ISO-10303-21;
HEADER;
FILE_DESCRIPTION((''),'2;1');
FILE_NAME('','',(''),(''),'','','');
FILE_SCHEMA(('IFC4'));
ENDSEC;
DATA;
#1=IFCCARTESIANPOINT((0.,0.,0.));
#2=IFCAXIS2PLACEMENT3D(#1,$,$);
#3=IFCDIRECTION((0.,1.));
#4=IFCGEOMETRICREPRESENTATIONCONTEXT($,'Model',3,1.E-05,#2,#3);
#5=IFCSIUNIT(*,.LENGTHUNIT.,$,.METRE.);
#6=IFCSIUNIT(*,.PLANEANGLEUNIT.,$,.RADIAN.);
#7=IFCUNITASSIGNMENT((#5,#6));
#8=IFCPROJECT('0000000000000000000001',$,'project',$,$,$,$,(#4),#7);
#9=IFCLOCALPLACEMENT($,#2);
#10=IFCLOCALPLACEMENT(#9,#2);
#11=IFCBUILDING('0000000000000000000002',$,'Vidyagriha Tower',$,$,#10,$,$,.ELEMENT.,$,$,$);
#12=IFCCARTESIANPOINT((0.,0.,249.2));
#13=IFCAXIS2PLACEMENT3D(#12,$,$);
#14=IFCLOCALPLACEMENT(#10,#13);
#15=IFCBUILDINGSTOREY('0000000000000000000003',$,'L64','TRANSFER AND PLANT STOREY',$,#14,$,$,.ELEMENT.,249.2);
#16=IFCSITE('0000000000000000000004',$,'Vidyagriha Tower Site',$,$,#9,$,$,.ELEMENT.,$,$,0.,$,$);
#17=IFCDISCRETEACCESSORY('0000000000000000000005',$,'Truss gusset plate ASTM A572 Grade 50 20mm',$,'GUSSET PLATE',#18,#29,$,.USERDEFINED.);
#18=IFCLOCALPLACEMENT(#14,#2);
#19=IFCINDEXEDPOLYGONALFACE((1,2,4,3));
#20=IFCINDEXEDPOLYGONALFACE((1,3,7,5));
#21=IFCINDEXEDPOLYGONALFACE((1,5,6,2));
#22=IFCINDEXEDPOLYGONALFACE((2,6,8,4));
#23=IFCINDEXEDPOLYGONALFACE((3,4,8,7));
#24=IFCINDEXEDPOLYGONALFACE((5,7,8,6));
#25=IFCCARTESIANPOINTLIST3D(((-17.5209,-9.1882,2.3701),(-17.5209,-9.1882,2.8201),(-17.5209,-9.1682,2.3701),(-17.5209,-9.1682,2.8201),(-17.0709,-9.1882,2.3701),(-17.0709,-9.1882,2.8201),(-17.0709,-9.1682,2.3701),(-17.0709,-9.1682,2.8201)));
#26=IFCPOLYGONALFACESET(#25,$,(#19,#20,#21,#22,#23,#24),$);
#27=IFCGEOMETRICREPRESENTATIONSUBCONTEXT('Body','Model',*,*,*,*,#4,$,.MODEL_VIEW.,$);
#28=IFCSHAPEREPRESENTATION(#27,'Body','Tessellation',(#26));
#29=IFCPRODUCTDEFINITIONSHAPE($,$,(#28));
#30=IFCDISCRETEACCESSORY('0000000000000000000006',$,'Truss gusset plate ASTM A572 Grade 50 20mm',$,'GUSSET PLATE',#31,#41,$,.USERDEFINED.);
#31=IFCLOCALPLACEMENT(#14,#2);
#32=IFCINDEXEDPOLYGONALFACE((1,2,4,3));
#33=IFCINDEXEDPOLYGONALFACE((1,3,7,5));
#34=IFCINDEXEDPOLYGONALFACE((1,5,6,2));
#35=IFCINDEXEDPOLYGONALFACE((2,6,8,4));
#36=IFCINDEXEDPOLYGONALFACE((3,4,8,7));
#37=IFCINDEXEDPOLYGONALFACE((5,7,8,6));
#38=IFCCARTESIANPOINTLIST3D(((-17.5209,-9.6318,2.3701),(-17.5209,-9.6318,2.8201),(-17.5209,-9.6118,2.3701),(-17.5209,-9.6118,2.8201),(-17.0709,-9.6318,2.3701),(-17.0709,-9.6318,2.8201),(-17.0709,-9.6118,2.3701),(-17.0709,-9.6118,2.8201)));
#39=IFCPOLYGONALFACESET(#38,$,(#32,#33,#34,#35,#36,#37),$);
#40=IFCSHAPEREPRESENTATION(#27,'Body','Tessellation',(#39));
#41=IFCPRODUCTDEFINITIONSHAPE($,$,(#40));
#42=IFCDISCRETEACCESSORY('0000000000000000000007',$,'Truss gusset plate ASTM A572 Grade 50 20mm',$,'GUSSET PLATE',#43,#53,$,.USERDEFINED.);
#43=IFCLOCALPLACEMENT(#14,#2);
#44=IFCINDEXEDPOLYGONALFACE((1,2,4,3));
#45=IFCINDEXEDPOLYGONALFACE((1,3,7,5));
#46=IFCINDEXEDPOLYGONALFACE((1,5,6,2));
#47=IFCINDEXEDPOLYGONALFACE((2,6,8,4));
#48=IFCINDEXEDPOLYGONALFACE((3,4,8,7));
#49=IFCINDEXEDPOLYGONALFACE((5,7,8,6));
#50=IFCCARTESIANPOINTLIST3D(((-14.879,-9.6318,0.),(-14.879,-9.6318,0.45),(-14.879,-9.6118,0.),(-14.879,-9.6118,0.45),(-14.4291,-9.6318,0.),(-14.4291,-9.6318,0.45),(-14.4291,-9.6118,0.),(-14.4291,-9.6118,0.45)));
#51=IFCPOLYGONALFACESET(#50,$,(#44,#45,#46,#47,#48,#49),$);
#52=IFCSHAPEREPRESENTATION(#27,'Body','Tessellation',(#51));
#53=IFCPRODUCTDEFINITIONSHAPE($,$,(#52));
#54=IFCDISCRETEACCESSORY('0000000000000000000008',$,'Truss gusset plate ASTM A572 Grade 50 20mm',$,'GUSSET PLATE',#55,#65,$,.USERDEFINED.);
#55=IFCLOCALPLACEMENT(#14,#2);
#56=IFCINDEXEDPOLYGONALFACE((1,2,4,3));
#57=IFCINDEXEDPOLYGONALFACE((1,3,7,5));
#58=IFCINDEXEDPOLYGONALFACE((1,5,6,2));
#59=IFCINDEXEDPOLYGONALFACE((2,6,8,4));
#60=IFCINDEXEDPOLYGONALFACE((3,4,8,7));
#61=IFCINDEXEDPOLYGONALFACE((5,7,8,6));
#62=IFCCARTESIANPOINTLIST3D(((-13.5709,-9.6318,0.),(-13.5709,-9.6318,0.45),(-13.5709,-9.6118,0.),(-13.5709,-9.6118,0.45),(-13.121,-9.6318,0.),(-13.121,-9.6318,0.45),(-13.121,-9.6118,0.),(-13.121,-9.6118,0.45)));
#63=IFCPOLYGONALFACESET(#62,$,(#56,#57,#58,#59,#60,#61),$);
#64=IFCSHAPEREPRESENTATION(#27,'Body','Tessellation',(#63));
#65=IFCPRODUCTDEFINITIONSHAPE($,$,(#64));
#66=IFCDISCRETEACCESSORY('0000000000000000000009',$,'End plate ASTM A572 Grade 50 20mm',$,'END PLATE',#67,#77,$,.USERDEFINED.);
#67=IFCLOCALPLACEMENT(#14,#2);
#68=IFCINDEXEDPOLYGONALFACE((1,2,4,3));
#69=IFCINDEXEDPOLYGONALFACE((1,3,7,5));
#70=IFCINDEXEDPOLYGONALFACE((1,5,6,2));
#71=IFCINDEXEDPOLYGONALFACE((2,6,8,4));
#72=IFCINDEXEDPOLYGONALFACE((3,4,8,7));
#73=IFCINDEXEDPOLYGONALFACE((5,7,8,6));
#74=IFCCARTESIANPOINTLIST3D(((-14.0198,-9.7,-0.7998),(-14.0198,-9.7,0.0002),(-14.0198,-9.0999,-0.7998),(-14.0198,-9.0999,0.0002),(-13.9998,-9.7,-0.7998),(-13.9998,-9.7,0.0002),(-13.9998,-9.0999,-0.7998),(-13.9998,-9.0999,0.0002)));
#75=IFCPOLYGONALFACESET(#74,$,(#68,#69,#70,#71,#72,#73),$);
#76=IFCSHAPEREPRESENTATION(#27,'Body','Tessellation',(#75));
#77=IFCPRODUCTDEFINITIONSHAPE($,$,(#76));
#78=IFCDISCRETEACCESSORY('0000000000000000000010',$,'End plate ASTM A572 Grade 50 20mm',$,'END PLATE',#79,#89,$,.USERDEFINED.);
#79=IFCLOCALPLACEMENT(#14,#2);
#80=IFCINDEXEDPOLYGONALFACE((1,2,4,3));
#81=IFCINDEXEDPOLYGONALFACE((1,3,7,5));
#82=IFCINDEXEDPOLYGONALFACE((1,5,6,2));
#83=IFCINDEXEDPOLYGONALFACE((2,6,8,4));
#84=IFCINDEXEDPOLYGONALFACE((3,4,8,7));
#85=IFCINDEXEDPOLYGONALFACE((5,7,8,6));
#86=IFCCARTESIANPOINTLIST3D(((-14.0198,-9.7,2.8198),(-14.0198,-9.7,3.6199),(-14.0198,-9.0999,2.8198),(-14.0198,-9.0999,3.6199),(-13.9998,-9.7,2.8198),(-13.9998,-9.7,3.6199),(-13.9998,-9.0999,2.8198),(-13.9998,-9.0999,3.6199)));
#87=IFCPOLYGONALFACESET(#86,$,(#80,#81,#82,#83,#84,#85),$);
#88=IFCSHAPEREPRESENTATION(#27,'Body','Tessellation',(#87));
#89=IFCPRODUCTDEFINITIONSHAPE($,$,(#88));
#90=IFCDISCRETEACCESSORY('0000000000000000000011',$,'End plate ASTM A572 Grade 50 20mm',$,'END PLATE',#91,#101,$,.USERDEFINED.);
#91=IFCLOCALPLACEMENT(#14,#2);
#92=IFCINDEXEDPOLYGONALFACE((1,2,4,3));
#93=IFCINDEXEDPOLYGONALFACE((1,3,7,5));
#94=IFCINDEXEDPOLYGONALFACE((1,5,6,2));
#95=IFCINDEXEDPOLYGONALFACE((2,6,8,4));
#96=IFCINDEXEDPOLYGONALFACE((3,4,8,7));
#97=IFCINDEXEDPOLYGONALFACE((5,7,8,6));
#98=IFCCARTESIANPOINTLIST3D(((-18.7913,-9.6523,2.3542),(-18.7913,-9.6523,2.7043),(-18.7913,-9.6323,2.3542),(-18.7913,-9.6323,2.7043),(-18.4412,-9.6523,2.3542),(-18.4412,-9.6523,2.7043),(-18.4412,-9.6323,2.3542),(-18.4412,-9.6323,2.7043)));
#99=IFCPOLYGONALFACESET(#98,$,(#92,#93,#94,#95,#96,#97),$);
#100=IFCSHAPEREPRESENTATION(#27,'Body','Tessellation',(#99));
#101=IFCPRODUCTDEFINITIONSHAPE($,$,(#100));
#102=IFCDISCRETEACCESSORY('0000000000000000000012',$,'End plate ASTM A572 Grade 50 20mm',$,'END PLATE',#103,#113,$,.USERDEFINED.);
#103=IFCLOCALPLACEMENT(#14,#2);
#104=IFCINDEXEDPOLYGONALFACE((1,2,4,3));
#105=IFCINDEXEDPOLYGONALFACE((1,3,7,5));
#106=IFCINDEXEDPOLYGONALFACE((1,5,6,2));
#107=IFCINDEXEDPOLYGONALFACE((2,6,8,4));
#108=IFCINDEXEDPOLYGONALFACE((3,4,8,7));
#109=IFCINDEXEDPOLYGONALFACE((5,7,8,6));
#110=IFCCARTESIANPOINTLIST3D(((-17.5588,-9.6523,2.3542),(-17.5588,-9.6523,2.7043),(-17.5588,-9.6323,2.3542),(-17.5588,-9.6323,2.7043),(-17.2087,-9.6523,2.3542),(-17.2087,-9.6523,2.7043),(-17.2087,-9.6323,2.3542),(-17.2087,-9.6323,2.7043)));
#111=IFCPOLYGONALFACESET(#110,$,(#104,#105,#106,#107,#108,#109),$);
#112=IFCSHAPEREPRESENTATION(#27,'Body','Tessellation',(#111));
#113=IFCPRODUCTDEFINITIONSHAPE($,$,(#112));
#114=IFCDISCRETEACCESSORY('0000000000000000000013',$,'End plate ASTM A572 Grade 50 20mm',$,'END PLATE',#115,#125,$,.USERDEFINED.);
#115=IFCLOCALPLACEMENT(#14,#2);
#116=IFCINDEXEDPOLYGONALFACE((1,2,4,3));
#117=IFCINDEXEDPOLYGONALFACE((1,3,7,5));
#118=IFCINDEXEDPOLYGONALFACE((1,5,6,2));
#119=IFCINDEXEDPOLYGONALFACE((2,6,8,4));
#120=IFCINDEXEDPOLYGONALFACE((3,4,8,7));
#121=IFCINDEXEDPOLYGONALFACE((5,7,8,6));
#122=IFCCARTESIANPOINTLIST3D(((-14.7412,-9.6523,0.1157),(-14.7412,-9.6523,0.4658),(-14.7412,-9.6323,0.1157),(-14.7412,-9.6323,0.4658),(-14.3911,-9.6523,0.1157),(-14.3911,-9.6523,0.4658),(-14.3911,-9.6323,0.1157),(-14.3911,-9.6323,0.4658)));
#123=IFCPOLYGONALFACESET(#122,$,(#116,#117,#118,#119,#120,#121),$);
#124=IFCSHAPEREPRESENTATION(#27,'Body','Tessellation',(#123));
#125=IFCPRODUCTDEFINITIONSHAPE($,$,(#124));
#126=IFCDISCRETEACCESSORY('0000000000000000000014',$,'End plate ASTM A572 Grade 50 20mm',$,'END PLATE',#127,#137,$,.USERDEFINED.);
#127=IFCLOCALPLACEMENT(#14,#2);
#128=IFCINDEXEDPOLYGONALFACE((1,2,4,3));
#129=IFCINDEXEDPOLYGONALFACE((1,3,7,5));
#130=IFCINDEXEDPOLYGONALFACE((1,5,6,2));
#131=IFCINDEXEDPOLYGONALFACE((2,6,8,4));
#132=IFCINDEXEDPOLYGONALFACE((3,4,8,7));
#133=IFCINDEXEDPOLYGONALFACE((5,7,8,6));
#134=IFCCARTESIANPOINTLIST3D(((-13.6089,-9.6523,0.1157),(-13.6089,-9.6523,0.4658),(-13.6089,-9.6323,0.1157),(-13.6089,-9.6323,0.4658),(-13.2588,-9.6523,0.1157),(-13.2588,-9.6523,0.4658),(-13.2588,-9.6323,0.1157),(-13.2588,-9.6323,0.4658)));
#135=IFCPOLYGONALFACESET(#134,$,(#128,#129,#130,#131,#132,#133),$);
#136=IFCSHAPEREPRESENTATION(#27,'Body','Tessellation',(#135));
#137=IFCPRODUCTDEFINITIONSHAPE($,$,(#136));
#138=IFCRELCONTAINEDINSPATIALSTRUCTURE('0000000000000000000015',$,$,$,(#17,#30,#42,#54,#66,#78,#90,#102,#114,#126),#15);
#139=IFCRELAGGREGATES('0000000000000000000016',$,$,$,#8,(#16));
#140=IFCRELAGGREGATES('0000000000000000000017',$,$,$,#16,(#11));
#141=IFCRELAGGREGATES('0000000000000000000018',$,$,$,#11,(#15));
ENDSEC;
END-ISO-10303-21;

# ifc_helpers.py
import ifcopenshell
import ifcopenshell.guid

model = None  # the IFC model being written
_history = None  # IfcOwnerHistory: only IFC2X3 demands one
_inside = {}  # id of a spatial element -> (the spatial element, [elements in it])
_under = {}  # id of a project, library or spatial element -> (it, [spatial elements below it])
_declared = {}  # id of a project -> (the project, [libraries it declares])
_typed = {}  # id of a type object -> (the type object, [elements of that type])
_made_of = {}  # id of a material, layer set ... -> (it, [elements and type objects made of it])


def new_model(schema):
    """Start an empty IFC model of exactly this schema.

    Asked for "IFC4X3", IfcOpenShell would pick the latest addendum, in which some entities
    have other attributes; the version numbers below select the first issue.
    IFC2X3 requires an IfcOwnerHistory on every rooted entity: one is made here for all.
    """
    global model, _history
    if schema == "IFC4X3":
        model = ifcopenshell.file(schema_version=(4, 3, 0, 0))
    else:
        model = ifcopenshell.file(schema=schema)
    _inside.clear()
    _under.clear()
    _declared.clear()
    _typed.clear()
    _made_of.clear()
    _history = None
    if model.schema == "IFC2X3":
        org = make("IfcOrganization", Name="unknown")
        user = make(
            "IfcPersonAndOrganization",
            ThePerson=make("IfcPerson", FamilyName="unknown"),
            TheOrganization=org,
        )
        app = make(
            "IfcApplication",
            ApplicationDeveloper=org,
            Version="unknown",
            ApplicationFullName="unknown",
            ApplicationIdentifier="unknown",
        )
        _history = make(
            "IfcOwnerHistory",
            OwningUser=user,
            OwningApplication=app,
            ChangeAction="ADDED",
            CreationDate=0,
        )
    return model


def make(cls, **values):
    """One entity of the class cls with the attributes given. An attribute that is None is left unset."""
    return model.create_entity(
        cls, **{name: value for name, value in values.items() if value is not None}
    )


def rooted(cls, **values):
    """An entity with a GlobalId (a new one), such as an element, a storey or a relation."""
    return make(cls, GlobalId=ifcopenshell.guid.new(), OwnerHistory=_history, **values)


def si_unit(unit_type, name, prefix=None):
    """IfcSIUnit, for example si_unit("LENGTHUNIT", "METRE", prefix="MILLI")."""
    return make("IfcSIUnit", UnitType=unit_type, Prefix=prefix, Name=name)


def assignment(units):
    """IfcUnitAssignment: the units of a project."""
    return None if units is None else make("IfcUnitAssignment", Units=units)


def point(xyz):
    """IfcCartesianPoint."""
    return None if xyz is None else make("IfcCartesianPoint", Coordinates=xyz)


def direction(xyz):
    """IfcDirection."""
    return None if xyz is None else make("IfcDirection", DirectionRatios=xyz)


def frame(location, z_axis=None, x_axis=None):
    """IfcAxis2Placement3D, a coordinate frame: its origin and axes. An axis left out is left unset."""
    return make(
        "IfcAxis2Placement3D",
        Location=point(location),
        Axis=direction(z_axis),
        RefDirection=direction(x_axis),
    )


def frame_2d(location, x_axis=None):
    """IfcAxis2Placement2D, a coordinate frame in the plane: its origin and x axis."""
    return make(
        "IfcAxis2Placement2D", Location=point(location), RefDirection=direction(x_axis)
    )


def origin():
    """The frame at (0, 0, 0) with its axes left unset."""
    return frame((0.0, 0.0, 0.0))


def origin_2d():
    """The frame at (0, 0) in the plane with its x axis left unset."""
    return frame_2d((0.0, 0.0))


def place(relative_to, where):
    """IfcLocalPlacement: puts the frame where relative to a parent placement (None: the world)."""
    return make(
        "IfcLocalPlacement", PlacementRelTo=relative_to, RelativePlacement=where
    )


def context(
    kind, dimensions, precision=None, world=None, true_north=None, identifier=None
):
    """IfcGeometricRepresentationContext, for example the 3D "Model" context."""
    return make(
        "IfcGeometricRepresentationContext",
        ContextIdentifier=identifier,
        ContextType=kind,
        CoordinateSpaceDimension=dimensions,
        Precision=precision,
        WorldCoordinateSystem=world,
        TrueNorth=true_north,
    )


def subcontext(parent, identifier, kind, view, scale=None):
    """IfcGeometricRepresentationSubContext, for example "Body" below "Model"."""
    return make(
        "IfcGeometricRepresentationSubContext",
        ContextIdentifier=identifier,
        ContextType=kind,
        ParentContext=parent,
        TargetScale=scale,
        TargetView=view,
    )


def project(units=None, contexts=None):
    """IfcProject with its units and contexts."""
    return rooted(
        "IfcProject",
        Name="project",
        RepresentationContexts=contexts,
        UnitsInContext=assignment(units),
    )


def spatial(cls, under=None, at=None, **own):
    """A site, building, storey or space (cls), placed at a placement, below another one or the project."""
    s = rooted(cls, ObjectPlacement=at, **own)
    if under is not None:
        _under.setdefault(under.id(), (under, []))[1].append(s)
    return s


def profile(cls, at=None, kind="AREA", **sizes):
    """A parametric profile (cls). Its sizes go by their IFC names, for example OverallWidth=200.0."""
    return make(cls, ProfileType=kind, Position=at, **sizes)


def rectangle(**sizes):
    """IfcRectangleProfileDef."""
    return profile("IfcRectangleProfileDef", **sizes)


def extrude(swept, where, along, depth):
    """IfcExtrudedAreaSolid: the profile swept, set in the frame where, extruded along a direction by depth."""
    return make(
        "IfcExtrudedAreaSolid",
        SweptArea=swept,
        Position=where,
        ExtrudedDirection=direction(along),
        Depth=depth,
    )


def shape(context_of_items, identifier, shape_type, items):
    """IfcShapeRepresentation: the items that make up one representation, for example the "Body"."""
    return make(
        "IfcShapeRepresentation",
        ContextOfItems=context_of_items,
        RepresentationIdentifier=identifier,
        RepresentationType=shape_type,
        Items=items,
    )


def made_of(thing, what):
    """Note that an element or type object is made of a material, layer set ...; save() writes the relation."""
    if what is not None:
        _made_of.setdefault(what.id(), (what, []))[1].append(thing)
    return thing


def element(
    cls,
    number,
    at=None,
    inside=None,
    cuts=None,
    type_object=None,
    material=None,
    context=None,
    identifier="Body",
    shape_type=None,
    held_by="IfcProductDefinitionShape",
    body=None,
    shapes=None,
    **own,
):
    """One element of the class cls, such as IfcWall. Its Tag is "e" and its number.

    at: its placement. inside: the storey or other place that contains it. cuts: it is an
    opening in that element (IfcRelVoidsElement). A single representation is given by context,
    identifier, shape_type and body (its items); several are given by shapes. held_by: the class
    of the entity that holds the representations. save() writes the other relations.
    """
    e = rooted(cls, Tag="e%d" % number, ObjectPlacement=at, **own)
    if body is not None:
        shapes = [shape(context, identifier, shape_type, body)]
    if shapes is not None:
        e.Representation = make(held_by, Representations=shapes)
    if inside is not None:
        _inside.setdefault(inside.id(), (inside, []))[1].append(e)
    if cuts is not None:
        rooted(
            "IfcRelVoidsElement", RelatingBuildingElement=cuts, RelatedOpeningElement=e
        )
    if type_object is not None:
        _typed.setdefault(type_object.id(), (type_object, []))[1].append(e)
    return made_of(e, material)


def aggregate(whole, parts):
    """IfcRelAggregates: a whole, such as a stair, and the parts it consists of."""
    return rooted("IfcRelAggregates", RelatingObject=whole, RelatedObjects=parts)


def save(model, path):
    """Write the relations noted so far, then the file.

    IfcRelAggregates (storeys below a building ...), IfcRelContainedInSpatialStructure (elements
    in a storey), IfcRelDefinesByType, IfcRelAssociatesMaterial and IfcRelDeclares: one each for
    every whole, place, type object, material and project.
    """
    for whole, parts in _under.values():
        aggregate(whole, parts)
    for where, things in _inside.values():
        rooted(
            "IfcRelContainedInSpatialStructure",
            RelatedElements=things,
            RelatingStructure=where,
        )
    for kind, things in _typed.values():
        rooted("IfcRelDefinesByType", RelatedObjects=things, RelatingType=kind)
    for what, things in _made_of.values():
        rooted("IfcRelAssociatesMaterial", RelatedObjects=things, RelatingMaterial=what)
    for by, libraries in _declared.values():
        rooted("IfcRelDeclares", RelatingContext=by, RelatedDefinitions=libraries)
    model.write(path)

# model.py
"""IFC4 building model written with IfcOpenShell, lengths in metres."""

from ifc_helpers import new_model, si_unit, direction, frame, origin, origin_2d, place, context, subcontext, project, spatial, rectangle, extrude, element, save


model = new_model("IFC4")

# Units and contexts
model_context = context("Model", 3, precision=1e-05, world=origin(), true_north=direction((0.0, 1.0)))
body_context = subcontext(model_context, "Body", "Model", "MODEL_VIEW")
ifc_project = project(units=[si_unit("LENGTHUNIT", "METRE"), si_unit("PLANEANGLEUNIT", "RADIAN")], contexts=[model_context])

# Site, building, storey
site_placement = place(None, origin())
site = spatial("IfcSite", under=ifc_project, at=site_placement, Name="Vidyagriha Tower Site", CompositionType="ELEMENT", RefElevation=0.0)
building_placement = place(site_placement, origin())
building = spatial("IfcBuilding", under=site, at=building_placement, Name="Vidyagriha Tower", CompositionType="ELEMENT")
storey_placement = place(building_placement, frame((0.0, 0.0, 249.2)))
storey = spatial("IfcBuildingStorey", under=building, at=storey_placement, Name="L64", Description="TRANSFER AND PLANT STOREY", CompositionType="ELEMENT", Elevation=249.2)

# Discrete accessories
for number, where, name in (
    (1, (-17.2959, -9.1782, 2.3701), "Truss gusset plate ASTM A572 Grade 50 20mm"),
    (2, (-17.2959, -9.6218, 2.3701), "Truss gusset plate ASTM A572 Grade 50 20mm"),
    (3, (-14.6541, -9.6218, 0.0), "Truss gusset plate ASTM A572 Grade 50 20mm"),
    (4, (-13.3459, -9.6218, 0.0), "Truss gusset plate ASTM A572 Grade 50 20mm"),
):
    element("IfcDiscreteAccessory", number, at=place(storey_placement, frame(where)), inside=storey, Name=name, ObjectType="GUSSET PLATE", PredefinedType="USERDEFINED", context=body_context, shape_type="SweptSolid", body=[
        extrude(rectangle(XDim=0.45, YDim=0.02, at=origin_2d()), origin(), (0.0, 0.0, 1.0), 0.45),
    ])
for number, where, name in (
    (5, (-14.0098, -9.3999, -0.7998), "End plate ASTM A572 Grade 50 20mm"),
    (6, (-14.0098, -9.3999, 2.8198), "End plate ASTM A572 Grade 50 20mm"),
):
    element("IfcDiscreteAccessory", number, at=place(storey_placement, frame(where)), inside=storey, Name=name, ObjectType="END PLATE", PredefinedType="USERDEFINED", context=body_context, shape_type="SweptSolid", body=[
        extrude(rectangle(XDim=0.02, YDim=0.6001, at=origin_2d()), origin(), (0.0, 0.0, 1.0), 0.8),
    ])
discrete_accessory_1_placement = place(storey_placement, frame((-18.6162, -9.6423, 2.3542)))
element("IfcDiscreteAccessory", 7, at=discrete_accessory_1_placement, inside=storey, Name="End plate ASTM A572 Grade 50 20mm", ObjectType="END PLATE", PredefinedType="USERDEFINED", context=body_context, shape_type="SweptSolid", body=[
    extrude(rectangle(XDim=0.3501, YDim=0.02, at=origin_2d()), origin(), (0.0, 0.0, 1.0), 0.3501),
])
discrete_accessory_2_placement = place(storey_placement, frame((-17.3838, -9.6423, 2.3542), z_axis=(0.0, 0.0, 1.0), x_axis=(-1.0, 0.0, 0.0)))
element("IfcDiscreteAccessory", 8, at=discrete_accessory_2_placement, inside=storey, Name="End plate ASTM A572 Grade 50 20mm", ObjectType="END PLATE", PredefinedType="USERDEFINED", context=body_context, shape_type="SweptSolid", body=[
    extrude(rectangle(XDim=0.3501, YDim=0.02, at=origin_2d()), origin(), (0.0, 0.0, 1.0), 0.3501),
])
discrete_accessory_3_placement = place(storey_placement, frame((-14.5662, -9.6423, 0.1157)))
element("IfcDiscreteAccessory", 9, at=discrete_accessory_3_placement, inside=storey, Name="End plate ASTM A572 Grade 50 20mm", ObjectType="END PLATE", PredefinedType="USERDEFINED", context=body_context, shape_type="SweptSolid", body=[
    extrude(rectangle(XDim=0.3501, YDim=0.02, at=origin_2d()), origin(), (0.0, 0.0, 1.0), 0.3501),
])
discrete_accessory_4_placement = place(storey_placement, frame((-13.4338, -9.6423, 0.1157), z_axis=(0.0, 0.0, 1.0), x_axis=(-1.0, 0.0, 0.0)))
element("IfcDiscreteAccessory", 10, at=discrete_accessory_4_placement, inside=storey, Name="End plate ASTM A572 Grade 50 20mm", ObjectType="END PLATE", PredefinedType="USERDEFINED", context=body_context, shape_type="SweptSolid", body=[
    extrude(rectangle(XDim=0.3501, YDim=0.02, at=origin_2d()), origin(), (0.0, 0.0, 1.0), 0.3501),
])

save(model, "model.ifc")
